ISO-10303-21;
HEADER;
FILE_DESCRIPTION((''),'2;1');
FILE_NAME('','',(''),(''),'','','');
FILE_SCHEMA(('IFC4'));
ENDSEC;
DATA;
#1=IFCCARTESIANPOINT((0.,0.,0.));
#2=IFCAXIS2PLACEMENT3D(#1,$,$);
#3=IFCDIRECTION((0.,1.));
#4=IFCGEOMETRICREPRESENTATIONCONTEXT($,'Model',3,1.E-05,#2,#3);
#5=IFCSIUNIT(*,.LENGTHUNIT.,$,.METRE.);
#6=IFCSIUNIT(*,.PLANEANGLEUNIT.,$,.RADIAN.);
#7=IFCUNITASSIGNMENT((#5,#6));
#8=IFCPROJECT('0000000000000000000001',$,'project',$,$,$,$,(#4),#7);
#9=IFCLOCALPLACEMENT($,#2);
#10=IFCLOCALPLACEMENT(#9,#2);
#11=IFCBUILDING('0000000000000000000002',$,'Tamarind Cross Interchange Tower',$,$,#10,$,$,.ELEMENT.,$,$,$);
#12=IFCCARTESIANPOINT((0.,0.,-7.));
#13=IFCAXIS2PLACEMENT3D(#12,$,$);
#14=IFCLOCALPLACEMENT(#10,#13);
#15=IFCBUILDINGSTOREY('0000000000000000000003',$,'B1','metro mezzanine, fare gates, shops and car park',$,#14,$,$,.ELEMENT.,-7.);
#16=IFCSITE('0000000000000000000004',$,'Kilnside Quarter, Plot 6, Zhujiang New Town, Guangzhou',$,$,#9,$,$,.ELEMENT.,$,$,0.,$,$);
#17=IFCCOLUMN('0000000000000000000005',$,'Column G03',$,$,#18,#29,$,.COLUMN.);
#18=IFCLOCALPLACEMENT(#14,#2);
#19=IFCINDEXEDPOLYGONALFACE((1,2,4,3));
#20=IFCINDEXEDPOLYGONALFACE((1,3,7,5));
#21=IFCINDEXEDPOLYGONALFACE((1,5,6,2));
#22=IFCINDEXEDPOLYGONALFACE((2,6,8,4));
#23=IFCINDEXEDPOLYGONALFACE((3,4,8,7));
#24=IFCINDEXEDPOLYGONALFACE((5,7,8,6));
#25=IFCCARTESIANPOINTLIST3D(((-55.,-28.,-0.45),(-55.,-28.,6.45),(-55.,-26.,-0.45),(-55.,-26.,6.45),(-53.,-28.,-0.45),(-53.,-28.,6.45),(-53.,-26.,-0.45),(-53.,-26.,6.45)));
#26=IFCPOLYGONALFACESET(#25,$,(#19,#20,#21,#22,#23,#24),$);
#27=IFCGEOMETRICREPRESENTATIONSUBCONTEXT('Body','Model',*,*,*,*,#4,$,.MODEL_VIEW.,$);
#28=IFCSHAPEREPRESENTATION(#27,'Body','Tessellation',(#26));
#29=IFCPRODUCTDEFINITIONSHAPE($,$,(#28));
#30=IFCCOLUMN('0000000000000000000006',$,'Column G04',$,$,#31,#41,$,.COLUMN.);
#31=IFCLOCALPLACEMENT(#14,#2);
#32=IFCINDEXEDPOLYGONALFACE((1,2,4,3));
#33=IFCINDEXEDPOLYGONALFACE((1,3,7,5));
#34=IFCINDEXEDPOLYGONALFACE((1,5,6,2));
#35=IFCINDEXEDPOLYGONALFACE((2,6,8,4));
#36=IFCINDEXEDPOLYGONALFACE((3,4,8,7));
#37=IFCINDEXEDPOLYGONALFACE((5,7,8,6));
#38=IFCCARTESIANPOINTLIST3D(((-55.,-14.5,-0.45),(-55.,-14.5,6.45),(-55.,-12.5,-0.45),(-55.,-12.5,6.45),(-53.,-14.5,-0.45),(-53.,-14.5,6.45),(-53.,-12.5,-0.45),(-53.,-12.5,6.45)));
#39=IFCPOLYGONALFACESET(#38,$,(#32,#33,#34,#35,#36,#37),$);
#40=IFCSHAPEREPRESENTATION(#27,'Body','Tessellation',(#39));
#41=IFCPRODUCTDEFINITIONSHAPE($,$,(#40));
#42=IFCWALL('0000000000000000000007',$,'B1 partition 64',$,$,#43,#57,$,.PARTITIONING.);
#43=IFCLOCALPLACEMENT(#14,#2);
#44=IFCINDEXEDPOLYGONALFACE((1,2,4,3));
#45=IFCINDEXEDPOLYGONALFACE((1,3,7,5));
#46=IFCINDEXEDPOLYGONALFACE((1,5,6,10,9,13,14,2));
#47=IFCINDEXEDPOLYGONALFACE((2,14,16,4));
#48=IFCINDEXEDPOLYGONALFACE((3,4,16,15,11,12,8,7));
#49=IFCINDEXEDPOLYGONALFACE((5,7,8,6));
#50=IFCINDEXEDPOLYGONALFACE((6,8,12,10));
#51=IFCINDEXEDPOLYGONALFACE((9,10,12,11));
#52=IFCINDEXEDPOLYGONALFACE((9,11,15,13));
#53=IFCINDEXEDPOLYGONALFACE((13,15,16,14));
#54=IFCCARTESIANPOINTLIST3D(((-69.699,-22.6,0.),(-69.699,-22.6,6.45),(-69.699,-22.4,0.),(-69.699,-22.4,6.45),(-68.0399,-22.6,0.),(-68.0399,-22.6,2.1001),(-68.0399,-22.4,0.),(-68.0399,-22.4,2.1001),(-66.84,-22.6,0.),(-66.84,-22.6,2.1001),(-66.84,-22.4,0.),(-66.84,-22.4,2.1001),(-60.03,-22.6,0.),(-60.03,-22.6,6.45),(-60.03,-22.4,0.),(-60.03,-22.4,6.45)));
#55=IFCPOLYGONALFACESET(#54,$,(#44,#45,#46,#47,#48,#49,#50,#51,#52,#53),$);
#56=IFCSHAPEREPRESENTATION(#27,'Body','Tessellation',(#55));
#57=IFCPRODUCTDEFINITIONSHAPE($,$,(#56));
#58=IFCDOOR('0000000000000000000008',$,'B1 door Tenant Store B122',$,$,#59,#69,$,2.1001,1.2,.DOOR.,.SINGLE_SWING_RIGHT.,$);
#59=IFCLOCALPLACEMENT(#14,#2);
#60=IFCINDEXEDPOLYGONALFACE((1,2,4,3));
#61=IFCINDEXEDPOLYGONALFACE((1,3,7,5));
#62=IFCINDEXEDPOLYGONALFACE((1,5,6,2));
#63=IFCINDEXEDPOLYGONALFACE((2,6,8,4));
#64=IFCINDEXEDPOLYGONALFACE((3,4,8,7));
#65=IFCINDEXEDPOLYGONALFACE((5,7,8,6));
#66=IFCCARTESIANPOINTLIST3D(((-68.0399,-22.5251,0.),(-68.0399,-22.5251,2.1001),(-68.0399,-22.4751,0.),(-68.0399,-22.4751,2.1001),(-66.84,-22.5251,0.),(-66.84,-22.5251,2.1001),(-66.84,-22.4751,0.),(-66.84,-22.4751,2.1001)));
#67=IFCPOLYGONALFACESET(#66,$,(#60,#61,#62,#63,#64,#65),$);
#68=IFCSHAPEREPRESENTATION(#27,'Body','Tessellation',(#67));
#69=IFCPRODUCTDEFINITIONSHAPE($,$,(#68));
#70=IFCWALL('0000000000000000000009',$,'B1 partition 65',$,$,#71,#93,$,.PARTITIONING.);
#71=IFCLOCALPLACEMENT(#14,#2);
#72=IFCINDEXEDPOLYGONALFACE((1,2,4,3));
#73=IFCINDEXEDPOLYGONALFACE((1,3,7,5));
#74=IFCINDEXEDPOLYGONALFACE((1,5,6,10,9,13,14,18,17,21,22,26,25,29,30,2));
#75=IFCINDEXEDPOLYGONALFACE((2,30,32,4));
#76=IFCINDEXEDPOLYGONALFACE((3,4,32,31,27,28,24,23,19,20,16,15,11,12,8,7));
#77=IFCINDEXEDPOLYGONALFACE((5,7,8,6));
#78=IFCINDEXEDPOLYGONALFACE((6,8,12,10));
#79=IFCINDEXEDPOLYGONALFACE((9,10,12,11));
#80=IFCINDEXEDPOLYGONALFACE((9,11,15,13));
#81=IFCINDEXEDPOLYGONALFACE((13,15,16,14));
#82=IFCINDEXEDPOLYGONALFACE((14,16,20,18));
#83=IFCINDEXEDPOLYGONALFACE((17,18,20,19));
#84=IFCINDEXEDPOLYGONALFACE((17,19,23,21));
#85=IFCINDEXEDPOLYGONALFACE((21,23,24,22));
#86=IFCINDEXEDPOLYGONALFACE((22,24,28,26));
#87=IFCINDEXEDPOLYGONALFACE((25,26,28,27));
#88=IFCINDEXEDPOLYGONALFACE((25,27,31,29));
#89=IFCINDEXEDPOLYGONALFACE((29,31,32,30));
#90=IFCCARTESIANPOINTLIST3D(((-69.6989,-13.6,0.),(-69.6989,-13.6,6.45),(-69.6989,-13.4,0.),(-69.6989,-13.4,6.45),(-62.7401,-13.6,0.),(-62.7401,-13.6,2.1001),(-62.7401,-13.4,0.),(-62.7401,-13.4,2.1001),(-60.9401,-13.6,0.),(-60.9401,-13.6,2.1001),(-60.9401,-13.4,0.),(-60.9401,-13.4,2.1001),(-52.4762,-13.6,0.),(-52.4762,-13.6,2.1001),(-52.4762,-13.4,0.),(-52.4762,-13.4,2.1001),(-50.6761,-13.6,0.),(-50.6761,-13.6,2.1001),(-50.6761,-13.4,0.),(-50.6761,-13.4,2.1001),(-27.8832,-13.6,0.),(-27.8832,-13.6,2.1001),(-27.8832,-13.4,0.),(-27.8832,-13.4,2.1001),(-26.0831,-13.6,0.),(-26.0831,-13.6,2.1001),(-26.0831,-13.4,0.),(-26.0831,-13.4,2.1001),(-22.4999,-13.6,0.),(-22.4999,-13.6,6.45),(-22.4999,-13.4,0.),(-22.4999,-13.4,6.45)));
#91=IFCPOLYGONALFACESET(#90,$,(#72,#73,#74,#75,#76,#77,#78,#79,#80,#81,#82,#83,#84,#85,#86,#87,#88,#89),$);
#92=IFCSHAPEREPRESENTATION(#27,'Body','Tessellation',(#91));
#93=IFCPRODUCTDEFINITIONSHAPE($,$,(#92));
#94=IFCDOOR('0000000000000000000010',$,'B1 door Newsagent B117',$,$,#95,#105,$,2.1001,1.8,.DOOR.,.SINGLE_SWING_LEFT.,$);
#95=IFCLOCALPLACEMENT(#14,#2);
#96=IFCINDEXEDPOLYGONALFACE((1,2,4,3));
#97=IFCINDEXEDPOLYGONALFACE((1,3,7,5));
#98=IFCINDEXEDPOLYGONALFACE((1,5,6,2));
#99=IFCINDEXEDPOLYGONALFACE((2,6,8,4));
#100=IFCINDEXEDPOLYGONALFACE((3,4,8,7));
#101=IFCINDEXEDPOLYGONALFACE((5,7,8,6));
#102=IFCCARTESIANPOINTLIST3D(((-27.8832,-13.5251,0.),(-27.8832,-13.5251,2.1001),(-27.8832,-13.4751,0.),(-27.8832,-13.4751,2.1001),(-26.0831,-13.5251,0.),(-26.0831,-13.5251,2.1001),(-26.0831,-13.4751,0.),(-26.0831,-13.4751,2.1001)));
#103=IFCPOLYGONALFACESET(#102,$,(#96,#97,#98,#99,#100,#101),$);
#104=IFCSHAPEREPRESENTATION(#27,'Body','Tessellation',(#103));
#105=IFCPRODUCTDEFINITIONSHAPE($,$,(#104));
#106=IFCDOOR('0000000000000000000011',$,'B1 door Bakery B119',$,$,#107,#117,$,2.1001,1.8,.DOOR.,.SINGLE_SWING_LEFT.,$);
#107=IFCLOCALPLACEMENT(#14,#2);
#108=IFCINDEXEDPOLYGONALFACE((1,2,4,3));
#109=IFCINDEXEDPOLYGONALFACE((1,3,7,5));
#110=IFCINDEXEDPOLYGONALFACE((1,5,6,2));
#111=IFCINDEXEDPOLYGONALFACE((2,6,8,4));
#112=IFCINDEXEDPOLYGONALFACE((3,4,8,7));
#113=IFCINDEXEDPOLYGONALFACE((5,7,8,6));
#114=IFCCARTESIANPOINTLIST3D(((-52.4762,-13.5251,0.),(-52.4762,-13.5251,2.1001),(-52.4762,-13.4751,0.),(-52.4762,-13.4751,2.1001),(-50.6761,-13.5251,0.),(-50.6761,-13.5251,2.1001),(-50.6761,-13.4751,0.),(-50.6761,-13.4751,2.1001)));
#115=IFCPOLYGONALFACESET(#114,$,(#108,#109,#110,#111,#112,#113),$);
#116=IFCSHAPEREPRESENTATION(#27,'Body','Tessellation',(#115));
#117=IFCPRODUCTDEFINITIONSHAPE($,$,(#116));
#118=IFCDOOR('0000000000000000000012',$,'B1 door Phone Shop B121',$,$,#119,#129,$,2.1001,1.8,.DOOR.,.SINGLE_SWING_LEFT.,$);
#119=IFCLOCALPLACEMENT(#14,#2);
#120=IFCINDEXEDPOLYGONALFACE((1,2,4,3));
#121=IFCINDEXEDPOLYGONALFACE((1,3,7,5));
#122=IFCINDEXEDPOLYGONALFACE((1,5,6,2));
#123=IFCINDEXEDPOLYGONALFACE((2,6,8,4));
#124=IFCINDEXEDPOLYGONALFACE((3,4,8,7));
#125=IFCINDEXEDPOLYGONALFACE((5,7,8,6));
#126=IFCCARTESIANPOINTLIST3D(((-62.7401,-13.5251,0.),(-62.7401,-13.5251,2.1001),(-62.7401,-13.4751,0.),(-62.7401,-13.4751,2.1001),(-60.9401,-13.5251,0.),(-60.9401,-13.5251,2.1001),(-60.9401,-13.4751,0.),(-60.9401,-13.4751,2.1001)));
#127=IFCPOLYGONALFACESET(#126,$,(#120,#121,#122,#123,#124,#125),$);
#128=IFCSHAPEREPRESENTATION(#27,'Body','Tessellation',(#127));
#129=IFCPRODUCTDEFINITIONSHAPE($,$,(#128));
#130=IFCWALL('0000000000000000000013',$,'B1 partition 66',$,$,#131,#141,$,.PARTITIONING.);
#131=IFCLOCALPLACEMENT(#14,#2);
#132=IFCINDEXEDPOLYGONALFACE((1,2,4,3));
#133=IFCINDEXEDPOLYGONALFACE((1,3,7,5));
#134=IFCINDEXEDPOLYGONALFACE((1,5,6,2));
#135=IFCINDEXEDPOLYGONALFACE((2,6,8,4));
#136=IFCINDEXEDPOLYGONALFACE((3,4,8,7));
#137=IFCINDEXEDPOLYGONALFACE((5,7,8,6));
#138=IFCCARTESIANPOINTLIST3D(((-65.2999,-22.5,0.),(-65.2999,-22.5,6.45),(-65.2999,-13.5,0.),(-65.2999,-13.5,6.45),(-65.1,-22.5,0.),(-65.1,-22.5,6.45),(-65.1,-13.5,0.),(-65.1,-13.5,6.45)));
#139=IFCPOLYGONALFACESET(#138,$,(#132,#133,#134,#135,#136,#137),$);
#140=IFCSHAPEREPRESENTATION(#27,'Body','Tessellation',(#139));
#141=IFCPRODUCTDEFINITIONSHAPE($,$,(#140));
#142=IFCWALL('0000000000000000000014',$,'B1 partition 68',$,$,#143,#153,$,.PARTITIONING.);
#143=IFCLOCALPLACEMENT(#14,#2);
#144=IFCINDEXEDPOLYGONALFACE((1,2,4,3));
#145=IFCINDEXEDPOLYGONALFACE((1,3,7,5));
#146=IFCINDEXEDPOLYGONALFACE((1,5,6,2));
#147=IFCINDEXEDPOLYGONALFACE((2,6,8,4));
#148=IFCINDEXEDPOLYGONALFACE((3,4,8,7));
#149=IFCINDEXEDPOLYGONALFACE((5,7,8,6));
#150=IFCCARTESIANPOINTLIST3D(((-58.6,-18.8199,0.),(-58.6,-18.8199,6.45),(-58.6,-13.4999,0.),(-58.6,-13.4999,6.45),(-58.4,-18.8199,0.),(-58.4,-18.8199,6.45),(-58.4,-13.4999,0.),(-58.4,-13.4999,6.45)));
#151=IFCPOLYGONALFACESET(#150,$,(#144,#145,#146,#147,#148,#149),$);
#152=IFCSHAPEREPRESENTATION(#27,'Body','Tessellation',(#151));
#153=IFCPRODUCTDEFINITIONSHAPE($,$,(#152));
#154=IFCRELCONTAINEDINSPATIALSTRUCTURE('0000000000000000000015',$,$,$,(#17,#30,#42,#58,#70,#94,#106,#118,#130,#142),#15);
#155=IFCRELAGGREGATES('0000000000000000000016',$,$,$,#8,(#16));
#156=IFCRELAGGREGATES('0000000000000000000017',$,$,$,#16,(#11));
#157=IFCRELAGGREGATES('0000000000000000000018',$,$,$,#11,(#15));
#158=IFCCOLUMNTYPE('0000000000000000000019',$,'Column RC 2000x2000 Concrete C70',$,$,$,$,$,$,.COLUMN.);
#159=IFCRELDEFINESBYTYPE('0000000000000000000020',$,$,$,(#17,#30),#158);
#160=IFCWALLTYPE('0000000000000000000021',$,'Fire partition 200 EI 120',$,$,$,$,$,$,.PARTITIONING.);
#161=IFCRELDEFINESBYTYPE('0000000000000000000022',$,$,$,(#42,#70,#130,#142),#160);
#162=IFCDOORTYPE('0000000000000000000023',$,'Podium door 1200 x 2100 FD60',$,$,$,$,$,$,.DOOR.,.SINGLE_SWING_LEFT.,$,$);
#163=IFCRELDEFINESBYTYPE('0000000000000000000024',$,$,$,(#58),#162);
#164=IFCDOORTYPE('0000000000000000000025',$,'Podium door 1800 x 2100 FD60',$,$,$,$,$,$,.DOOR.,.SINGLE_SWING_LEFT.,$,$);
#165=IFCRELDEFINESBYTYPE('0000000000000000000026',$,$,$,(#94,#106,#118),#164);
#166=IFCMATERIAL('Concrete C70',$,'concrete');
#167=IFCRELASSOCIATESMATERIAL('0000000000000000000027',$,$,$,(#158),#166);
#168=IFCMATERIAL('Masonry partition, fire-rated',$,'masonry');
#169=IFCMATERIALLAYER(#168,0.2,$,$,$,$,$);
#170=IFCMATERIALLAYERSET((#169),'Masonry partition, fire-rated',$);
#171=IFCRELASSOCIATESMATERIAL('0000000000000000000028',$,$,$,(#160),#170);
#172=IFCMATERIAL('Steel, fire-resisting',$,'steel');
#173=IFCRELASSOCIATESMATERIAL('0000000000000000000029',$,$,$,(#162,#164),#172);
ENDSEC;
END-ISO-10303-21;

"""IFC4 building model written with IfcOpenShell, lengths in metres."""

from ifc_helpers import new_model, si_unit, direction, frame, frame_2d, origin, origin_2d, place, context, subcontext, project, spatial, rectangle, extrude, material, layer, layer_set, material_profile, profile_set, type_object, element, fill, save


model = new_model("IFC4")

# Units and contexts
model_context = context("Model", 3, precision=1e-05, world=origin(), true_north=direction((0.0, 1.0)))
body_context = subcontext(model_context, "Body", "Model", "MODEL_VIEW")
ifc_project = project(units=[si_unit("LENGTHUNIT", "METRE"), si_unit("PLANEANGLEUNIT", "RADIAN")], contexts=[model_context])

# Site, building, storey
site_placement = place(None, origin())
site = spatial("IfcSite", under=ifc_project, at=site_placement, Name="Kilnside Quarter, Plot 6, Zhujiang New Town, Guangzhou", CompositionType="ELEMENT", RefElevation=0.0)
building_placement = place(site_placement, origin())
building = spatial("IfcBuilding", under=site, at=building_placement, Name="Tamarind Cross Interchange Tower", CompositionType="ELEMENT")
storey_placement = place(building_placement, frame((0.0, 0.0, -7.0)))
storey = spatial("IfcBuildingStorey", under=building, at=storey_placement, Name="B1", Description="metro mezzanine, fare gates, shops and car park", CompositionType="ELEMENT", Elevation=-7.0)

# Columns
ifc_material_1 = material(Name="Concrete C70", Category="concrete")
ifc_material_profile = material_profile(ifc_material_1, rectangle(XDim=2.0, YDim=2.0, at=origin_2d()), Name="RC 2000x2000")
ifc_profile_set = profile_set([ifc_material_profile], Name="Concrete C70")
column_type = type_object("IfcColumnType", Name="Column RC 2000x2000 Concrete C70", PredefinedType="COLUMN", material=ifc_profile_set)
for number, where, z_axis, x_axis, name in (
    (1, (-54.0, -27.0, -0.45), (0.0, 0.0, 1.0), (1.0, 0.0, 0.0), "Column G03"),
    (2, (-54.0, -13.5, -0.45), (0.0, 0.0, 1.0), (1.0, 0.0, 0.0), "Column G04"),
):
    element("IfcColumn", number, at=place(storey_placement, frame(where, z_axis=z_axis, x_axis=x_axis)), inside=storey, type_object=column_type, Name=name, PredefinedType="COLUMN", context=body_context, shape_type="SweptSolid", body=[
        extrude(rectangle(XDim=2.0, YDim=2.0, at=origin_2d()), origin(), (0.0, 0.0, 1.0), 6.8999),
    ])

# Wall, opening, door
ifc_material_2 = material(Name="Masonry partition, fire-rated", Category="masonry")
ifc_layer_1 = layer(ifc_material_2, 0.2)
ifc_layer_set_1 = layer_set([ifc_layer_1], Name="Masonry partition, fire-rated")
wall_type_1 = type_object("IfcWallType", Name="Fire partition 200 EI 120", PredefinedType="PARTITIONING", material=ifc_layer_set_1)
wall_1_placement = place(storey_placement, frame((-69.699, -22.5, 0.0), z_axis=(0.0, 0.0, 1.0), x_axis=(1.0, 0.0, 0.0)))
wall_1 = element("IfcWall", 3, at=wall_1_placement, inside=storey, type_object=wall_type_1, Name="B1 partition 64", PredefinedType="PARTITIONING", context=body_context, shape_type="SweptSolid", body=[
    extrude(rectangle(XDim=9.6689, YDim=0.2, at=frame_2d((4.8345, 0.0))), origin(), (0.0, 0.0, 1.0), 6.45),
])
opening_1_placement = place(wall_1_placement, frame((1.6589, 0.0, 0.0)))
opening_1 = element("IfcOpeningElement", 4, at=opening_1_placement, cuts=wall_1, PredefinedType="OPENING", context=body_context, shape_type="SweptSolid", body=[
    extrude(rectangle(XDim=1.2, YDim=2.1001, at=frame_2d((0.6001, 1.05))), frame((0.0, 0.1099, 0.0), z_axis=(0.0, -1.0, 0.0), x_axis=(1.0, 0.0, 0.0)), (0.0, 0.0, 1.0), 0.22),
])
ifc_material_3 = material(Name="Steel, fire-resisting", Category="steel")
door_type_1 = type_object("IfcDoorType", Name="Podium door 1200 x 2100 FD60", OperationType="SINGLE_SWING_LEFT", PredefinedType="DOOR", material=ifc_material_3)
door_1_placement = place(opening_1_placement, origin())
door_1 = element("IfcDoor", 5, at=door_1_placement, inside=storey, type_object=door_type_1, Name="B1 door Tenant Store B122", OperationType="SINGLE_SWING_RIGHT", OverallHeight=2.1001, OverallWidth=1.2, PredefinedType="DOOR", context=body_context, shape_type="SweptSolid", body=[
    extrude(rectangle(XDim=1.2, YDim=2.1001, at=frame_2d((0.6001, 1.05))), frame((0.0, 0.0249, 0.0), z_axis=(0.0, -1.0, 0.0), x_axis=(1.0, 0.0, 0.0)), (0.0, 0.0, 1.0), 0.05),
])
fill(opening_1, door_1)

# Wall, openings, doors
wall_2_placement = place(storey_placement, frame((-69.699, -13.5, 0.0), z_axis=(0.0, 0.0, 1.0), x_axis=(1.0, 0.0, 0.0)))
wall_2 = element("IfcWall", 6, at=wall_2_placement, inside=storey, type_object=wall_type_1, Name="B1 partition 65", PredefinedType="PARTITIONING", context=body_context, shape_type="SweptSolid", body=[
    extrude(rectangle(XDim=47.199, YDim=0.2, at=frame_2d((23.5996, 0.0))), origin(), (0.0, 0.0, 1.0), 6.45),
])
opening_2_placement = place(wall_2_placement, frame((41.8159, 0.0, 0.0)))
opening_2 = element("IfcOpeningElement", 7, at=opening_2_placement, cuts=wall_2, PredefinedType="OPENING", context=body_context, shape_type="SweptSolid", body=[
    extrude(rectangle(XDim=1.8, YDim=2.1001, at=frame_2d((0.8999, 1.05))), frame((0.0, 0.1099, 0.0), z_axis=(0.0, -1.0, 0.0), x_axis=(1.0, 0.0, 0.0)), (0.0, 0.0, 1.0), 0.22),
])
opening_3_placement = place(wall_2_placement, frame((17.2229, 0.0, 0.0)))
opening_3 = element("IfcOpeningElement", 8, at=opening_3_placement, cuts=wall_2, PredefinedType="OPENING", context=body_context, shape_type="SweptSolid", body=[
    extrude(rectangle(XDim=1.8, YDim=2.1001, at=frame_2d((0.8999, 1.05))), frame((0.0, 0.1099, 0.0), z_axis=(0.0, -1.0, 0.0), x_axis=(1.0, 0.0, 0.0)), (0.0, 0.0, 1.0), 0.22),
])
opening_4_placement = place(wall_2_placement, frame((6.959, 0.0, 0.0)))
opening_4 = element("IfcOpeningElement", 9, at=opening_4_placement, cuts=wall_2, PredefinedType="OPENING", context=body_context, shape_type="SweptSolid", body=[
    extrude(rectangle(XDim=1.8, YDim=2.1001, at=frame_2d((0.8999, 1.05))), frame((0.0, 0.1099, 0.0), z_axis=(0.0, -1.0, 0.0), x_axis=(1.0, 0.0, 0.0)), (0.0, 0.0, 1.0), 0.22),
])
door_type_2 = type_object("IfcDoorType", Name="Podium door 1800 x 2100 FD60", OperationType="SINGLE_SWING_LEFT", PredefinedType="DOOR", material=ifc_material_3)
door_2_placement = place(opening_2_placement, origin())
door_2 = element("IfcDoor", 10, at=door_2_placement, inside=storey, type_object=door_type_2, Name="B1 door Newsagent B117", OperationType="SINGLE_SWING_LEFT", OverallHeight=2.1001, OverallWidth=1.8, PredefinedType="DOOR", context=body_context, shape_type="SweptSolid", body=[
    extrude(rectangle(XDim=1.8, YDim=2.1001, at=frame_2d((0.8999, 1.05))), frame((0.0, 0.0249, 0.0), z_axis=(0.0, -1.0, 0.0), x_axis=(1.0, 0.0, 0.0)), (0.0, 0.0, 1.0), 0.05),
])
fill(opening_2, door_2)
door_3_placement = place(opening_3_placement, origin())
door_3 = element("IfcDoor", 11, at=door_3_placement, inside=storey, type_object=door_type_2, Name="B1 door Bakery B119", OperationType="SINGLE_SWING_LEFT", OverallHeight=2.1001, OverallWidth=1.8, PredefinedType="DOOR", context=body_context, shape_type="SweptSolid", body=[
    extrude(rectangle(XDim=1.8, YDim=2.1001, at=frame_2d((0.8999, 1.05))), frame((0.0, 0.0249, 0.0), z_axis=(0.0, -1.0, 0.0), x_axis=(1.0, 0.0, 0.0)), (0.0, 0.0, 1.0), 0.05),
])
fill(opening_3, door_3)
door_4_placement = place(opening_4_placement, origin())
door_4 = element("IfcDoor", 12, at=door_4_placement, inside=storey, type_object=door_type_2, Name="B1 door Phone Shop B121", OperationType="SINGLE_SWING_LEFT", OverallHeight=2.1001, OverallWidth=1.8, PredefinedType="DOOR", context=body_context, shape_type="SweptSolid", body=[
    extrude(rectangle(XDim=1.8, YDim=2.1001, at=frame_2d((0.8999, 1.05))), frame((0.0, 0.0249, 0.0), z_axis=(0.0, -1.0, 0.0), x_axis=(1.0, 0.0, 0.0)), (0.0, 0.0, 1.0), 0.05),
])
fill(opening_4, door_4)

# Walls
wall_3_placement = place(storey_placement, frame((-65.2, -22.5, 0.0), z_axis=(0.0, 0.0, 1.0), x_axis=(0.0, 1.0, 0.0)))
element("IfcWall", 13, at=wall_3_placement, inside=storey, type_object=wall_type_1, Name="B1 partition 66", PredefinedType="PARTITIONING", context=body_context, shape_type="SweptSolid", body=[
    extrude(rectangle(XDim=9.0, YDim=0.2, at=frame_2d((4.5, 0.0))), origin(), (0.0, 0.0, 1.0), 6.45),
])
wall_4_placement = place(storey_placement, frame((-58.5, -18.8201, 0.0), z_axis=(0.0, 0.0, 1.0), x_axis=(0.0, 1.0, 0.0)))
element("IfcWall", 14, at=wall_4_placement, inside=storey, type_object=wall_type_1, Name="B1 partition 68", PredefinedType="PARTITIONING", context=body_context, shape_type="SweptSolid", body=[
    extrude(rectangle(XDim=5.3201, YDim=0.2, at=frame_2d((2.6602, 0.0))), origin(), (0.0, 0.0, 1.0), 6.45),
])

save(model, "model.ifc")
